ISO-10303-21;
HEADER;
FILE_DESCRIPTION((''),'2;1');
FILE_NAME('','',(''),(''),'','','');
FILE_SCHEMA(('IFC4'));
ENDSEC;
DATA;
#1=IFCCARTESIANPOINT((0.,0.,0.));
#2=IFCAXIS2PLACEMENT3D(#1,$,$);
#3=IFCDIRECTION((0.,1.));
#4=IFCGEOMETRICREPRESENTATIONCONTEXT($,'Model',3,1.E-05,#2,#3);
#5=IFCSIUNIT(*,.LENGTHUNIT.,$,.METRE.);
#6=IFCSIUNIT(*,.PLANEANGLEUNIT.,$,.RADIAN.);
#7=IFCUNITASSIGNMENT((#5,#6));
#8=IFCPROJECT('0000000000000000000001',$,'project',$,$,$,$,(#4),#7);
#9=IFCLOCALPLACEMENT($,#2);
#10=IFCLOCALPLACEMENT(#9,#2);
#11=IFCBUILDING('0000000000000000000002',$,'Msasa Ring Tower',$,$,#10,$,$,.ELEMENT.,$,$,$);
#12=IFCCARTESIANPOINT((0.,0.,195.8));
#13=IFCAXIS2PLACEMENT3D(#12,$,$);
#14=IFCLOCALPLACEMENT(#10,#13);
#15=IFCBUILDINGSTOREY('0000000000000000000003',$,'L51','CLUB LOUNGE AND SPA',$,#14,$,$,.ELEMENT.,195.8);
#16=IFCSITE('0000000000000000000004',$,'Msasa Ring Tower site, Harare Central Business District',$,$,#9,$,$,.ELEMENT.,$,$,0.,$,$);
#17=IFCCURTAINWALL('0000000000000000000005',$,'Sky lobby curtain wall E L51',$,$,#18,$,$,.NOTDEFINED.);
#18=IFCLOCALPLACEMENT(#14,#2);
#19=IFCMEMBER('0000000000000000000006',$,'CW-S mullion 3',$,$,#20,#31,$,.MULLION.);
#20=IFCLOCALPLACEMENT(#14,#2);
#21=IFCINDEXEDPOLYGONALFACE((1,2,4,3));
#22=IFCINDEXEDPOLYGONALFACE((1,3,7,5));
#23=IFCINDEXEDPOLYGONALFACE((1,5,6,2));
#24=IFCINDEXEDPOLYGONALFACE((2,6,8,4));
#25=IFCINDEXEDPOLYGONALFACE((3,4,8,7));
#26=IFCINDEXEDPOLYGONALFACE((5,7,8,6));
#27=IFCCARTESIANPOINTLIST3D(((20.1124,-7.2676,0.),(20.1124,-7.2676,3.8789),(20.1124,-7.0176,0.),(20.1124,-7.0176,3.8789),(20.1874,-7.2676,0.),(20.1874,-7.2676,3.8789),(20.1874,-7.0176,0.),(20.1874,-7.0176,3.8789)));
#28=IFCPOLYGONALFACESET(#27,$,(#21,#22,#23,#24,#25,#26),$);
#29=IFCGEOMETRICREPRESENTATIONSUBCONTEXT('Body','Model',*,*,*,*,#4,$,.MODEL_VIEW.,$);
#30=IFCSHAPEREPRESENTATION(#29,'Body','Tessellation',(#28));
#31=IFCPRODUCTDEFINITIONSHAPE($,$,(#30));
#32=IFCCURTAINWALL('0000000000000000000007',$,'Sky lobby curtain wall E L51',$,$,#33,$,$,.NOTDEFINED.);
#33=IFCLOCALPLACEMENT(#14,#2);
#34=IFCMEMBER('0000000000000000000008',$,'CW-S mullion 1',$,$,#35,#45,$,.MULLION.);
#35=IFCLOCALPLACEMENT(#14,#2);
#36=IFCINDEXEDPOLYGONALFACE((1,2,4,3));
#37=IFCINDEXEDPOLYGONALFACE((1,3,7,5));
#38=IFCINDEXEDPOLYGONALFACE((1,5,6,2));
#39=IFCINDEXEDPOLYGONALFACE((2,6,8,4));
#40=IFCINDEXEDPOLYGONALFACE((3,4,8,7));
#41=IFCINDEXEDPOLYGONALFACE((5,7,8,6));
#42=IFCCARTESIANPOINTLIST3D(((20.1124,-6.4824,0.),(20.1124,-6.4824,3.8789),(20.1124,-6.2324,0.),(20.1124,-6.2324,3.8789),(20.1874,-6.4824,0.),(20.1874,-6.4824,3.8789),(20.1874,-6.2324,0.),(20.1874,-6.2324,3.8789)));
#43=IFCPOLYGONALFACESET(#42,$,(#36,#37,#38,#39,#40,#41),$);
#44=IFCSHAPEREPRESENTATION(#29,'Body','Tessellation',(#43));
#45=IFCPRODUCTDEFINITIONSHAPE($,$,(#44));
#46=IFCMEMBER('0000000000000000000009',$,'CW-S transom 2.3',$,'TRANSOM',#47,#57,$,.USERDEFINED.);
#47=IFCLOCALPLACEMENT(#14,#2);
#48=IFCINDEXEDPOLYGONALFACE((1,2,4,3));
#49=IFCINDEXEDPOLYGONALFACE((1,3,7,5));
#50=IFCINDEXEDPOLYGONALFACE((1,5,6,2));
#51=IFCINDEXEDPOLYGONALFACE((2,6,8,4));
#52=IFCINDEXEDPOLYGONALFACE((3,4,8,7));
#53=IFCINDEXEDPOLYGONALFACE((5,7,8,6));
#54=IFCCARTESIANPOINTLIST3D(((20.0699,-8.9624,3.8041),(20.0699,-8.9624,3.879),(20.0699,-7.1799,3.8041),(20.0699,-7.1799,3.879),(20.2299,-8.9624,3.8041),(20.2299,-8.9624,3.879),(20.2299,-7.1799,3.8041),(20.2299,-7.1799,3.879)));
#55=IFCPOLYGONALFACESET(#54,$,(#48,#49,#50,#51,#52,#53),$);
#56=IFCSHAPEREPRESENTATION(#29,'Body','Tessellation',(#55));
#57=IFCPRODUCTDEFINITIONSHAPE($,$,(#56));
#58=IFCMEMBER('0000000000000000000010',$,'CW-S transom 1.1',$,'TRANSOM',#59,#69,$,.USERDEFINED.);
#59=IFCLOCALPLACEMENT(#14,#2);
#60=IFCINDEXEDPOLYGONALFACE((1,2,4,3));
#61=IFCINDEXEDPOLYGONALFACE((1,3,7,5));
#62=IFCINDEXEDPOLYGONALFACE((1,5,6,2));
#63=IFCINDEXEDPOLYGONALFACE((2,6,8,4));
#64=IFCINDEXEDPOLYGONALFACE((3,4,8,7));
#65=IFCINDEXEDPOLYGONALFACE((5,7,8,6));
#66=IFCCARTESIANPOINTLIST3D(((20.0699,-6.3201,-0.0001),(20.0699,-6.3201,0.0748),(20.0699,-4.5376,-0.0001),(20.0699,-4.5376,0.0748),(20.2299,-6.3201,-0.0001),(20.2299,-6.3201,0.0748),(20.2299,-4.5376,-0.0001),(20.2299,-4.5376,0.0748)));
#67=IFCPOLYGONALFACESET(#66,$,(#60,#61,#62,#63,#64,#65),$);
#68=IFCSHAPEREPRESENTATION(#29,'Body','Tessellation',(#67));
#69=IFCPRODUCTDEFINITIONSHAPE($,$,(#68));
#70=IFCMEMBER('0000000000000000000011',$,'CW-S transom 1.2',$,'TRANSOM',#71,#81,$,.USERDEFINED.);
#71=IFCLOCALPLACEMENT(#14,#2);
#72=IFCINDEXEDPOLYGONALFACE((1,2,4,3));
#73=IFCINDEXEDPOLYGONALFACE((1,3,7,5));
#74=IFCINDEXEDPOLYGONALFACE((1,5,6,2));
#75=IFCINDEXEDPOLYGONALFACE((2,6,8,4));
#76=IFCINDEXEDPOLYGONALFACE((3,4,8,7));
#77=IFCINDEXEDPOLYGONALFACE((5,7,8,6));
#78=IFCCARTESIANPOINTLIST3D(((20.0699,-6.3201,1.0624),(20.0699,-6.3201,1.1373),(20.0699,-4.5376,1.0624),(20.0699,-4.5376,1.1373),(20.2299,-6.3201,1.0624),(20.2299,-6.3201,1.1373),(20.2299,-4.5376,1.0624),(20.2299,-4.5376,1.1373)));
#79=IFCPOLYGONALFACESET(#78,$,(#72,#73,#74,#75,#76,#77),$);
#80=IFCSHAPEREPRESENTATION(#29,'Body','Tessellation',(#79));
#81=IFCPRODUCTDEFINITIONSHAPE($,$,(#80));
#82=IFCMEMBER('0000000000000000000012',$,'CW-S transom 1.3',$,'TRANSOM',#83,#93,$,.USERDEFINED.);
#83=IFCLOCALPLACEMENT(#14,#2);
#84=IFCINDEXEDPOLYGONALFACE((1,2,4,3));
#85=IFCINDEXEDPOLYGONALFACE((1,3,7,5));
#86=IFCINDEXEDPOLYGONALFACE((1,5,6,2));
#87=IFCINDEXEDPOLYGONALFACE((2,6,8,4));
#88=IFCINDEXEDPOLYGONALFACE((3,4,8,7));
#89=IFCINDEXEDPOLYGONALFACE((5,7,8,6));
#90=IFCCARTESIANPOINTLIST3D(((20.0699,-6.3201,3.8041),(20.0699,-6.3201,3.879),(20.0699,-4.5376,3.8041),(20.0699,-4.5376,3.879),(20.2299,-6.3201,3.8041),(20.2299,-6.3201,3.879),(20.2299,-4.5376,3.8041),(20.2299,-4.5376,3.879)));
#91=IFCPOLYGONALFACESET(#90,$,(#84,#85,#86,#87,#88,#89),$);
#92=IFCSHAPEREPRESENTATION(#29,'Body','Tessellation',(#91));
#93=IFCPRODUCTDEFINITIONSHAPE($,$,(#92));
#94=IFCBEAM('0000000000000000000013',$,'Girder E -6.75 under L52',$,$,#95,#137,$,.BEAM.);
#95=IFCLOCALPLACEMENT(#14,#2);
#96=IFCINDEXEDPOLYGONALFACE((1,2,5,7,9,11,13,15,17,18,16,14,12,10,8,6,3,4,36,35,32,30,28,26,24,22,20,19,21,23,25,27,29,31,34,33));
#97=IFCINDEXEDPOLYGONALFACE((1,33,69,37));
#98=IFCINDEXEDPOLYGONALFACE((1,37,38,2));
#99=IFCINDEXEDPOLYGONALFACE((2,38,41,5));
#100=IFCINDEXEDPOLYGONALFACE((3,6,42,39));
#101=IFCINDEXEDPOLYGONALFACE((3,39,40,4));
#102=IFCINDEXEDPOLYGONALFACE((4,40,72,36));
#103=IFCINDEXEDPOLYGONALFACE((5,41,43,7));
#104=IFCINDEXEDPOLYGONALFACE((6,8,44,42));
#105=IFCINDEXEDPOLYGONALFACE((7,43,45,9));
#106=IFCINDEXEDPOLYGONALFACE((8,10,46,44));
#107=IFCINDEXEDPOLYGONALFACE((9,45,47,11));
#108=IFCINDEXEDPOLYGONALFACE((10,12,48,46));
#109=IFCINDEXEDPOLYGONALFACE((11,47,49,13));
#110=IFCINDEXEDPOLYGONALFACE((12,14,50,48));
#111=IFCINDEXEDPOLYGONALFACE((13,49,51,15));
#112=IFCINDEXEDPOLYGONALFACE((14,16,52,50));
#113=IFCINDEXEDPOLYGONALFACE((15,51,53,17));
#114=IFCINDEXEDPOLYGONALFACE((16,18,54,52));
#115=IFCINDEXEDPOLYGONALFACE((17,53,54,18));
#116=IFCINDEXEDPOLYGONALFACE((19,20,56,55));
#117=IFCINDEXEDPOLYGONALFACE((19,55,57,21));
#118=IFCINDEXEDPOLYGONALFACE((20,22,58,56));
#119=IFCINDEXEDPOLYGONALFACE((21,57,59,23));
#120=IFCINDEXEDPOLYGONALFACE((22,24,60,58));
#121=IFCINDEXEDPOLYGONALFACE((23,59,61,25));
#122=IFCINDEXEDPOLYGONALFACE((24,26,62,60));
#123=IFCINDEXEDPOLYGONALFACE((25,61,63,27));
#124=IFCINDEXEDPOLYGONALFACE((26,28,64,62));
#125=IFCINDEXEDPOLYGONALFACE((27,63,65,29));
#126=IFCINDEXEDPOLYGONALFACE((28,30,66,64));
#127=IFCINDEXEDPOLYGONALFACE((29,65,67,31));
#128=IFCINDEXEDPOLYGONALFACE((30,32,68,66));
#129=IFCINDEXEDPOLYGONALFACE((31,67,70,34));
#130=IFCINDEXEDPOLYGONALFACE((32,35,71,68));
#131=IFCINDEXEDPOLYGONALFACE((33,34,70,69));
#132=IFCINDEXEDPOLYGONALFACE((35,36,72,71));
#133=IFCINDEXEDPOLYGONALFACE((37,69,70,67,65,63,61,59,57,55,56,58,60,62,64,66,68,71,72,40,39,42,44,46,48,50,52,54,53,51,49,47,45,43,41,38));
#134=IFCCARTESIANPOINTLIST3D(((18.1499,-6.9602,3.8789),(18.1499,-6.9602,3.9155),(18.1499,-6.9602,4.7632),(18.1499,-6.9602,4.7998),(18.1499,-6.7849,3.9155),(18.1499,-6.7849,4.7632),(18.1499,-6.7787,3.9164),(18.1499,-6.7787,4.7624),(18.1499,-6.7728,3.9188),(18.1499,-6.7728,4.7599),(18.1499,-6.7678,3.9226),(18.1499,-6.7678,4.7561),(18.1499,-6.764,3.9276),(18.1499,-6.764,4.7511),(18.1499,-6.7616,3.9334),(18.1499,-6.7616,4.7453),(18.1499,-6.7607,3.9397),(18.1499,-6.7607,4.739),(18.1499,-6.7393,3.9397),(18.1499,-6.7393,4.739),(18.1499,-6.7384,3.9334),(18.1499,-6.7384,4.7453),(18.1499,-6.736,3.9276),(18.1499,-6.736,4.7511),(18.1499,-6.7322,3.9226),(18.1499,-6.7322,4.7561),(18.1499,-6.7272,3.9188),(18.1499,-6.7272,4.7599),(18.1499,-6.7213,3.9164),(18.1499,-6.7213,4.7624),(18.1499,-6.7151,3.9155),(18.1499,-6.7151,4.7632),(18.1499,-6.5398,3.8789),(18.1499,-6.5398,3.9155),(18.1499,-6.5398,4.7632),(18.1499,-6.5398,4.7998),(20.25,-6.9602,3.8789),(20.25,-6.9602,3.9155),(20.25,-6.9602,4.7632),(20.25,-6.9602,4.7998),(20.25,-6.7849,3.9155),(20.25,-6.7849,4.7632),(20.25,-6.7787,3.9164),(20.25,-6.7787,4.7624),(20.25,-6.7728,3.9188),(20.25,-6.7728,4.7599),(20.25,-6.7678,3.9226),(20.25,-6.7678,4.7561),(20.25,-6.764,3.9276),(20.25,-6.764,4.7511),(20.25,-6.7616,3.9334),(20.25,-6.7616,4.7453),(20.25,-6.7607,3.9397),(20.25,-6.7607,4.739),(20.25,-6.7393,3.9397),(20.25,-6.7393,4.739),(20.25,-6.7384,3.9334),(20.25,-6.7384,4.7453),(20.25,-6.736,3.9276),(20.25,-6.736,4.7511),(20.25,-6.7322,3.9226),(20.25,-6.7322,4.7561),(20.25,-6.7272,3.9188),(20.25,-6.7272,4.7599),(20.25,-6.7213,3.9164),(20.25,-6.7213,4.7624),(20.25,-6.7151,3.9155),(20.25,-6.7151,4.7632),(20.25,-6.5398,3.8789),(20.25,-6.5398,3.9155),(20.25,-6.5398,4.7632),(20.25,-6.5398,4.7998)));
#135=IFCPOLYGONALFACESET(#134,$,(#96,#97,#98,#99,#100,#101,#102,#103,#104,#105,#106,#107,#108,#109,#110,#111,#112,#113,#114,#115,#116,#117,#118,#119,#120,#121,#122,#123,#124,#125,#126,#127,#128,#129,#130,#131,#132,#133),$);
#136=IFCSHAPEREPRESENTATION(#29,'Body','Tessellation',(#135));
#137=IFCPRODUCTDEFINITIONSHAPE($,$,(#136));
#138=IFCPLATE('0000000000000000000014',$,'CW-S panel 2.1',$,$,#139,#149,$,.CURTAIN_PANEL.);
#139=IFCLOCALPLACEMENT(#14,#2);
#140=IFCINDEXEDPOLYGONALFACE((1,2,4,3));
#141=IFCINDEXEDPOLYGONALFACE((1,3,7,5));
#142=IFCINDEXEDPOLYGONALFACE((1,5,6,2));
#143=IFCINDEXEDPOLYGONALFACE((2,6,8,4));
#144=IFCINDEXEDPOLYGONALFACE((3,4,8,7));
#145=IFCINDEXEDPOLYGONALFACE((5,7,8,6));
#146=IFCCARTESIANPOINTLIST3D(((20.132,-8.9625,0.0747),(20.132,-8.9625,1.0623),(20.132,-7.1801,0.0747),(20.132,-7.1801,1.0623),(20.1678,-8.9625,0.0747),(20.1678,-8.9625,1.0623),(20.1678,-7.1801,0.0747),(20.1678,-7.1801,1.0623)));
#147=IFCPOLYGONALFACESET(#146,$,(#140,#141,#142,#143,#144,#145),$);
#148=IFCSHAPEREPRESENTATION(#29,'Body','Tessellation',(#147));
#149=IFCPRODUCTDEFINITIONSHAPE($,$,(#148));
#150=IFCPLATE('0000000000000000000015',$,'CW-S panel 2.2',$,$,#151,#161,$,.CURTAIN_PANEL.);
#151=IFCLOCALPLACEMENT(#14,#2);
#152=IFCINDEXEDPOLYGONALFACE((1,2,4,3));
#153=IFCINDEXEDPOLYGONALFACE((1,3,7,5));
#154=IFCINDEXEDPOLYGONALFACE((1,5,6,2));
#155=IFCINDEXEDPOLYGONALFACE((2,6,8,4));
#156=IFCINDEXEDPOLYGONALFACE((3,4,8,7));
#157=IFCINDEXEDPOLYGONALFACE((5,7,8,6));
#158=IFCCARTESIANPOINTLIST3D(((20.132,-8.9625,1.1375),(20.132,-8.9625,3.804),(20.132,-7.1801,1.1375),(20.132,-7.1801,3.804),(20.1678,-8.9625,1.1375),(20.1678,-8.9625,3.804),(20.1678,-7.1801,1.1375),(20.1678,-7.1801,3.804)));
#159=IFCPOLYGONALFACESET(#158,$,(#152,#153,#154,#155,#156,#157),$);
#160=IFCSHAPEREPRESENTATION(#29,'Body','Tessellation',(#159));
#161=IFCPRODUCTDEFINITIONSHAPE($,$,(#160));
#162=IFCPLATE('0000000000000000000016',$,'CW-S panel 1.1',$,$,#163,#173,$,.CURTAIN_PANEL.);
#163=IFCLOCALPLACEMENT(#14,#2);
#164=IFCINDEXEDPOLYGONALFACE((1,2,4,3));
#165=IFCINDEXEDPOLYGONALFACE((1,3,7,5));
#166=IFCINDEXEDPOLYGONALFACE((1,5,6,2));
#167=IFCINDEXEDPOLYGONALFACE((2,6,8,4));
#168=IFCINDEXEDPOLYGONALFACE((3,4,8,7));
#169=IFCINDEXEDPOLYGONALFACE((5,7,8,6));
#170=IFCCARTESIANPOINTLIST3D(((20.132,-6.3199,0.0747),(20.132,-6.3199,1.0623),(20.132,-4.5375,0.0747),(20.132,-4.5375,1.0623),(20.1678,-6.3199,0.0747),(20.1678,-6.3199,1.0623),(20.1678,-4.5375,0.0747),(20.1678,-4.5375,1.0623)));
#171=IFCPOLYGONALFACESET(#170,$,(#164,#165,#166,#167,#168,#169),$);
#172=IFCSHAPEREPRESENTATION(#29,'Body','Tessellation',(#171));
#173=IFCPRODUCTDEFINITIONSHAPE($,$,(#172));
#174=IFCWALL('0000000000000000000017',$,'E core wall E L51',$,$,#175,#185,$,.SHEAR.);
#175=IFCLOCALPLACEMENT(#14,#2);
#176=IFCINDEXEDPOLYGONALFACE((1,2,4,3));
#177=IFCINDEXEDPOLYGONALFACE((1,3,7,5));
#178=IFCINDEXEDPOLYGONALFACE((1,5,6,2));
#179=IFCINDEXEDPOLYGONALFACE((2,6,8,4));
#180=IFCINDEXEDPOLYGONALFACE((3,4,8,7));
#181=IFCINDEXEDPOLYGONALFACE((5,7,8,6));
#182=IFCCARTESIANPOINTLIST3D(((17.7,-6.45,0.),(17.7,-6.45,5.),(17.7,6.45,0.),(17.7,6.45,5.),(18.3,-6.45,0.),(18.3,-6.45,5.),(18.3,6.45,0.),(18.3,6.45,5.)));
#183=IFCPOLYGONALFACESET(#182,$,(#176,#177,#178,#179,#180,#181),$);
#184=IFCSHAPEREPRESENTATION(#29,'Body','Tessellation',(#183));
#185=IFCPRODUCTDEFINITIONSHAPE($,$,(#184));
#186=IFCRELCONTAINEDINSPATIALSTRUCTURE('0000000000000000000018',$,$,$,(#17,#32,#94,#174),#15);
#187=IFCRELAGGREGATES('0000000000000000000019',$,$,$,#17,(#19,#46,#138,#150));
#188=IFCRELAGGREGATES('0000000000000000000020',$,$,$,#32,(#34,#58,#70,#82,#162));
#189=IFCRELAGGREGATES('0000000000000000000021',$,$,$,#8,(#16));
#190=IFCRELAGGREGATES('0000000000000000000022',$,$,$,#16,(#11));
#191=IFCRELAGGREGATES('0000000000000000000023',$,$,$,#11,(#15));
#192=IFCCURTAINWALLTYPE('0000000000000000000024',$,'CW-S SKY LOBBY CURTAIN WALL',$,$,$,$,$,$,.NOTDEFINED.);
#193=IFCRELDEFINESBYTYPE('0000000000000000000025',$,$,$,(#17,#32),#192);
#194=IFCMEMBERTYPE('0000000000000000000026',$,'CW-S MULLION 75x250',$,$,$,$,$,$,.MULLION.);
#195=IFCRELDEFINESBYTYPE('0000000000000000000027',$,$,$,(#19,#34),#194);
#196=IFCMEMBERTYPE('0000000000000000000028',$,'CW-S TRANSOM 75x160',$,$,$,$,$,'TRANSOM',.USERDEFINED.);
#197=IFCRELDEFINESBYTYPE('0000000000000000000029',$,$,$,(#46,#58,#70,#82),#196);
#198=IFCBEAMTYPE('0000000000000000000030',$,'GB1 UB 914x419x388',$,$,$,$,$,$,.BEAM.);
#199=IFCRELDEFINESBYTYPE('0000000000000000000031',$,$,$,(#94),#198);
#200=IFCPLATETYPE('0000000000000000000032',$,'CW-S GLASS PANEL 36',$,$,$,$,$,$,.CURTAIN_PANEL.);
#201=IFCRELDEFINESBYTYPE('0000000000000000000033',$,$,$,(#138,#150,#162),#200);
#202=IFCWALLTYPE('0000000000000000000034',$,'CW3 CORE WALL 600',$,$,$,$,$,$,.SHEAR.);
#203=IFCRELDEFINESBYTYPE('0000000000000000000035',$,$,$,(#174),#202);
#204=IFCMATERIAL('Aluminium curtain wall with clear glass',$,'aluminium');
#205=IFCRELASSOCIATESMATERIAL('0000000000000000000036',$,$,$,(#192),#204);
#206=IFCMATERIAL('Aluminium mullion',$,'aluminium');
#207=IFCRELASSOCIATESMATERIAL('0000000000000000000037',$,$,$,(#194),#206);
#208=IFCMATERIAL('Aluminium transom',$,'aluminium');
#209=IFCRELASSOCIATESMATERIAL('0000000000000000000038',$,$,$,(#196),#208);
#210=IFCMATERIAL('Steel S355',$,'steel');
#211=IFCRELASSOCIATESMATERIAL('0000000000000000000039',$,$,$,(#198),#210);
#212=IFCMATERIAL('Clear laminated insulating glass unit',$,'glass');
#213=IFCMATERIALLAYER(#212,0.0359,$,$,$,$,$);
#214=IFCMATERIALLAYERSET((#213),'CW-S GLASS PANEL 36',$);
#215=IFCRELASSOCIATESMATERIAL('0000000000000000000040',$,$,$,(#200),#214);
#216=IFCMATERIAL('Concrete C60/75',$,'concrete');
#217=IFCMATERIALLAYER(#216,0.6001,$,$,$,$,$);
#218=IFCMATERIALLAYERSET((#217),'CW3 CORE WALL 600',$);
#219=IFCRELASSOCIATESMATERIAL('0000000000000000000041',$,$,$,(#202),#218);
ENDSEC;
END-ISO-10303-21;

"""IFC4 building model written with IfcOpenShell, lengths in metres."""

from ifc_helpers import new_model, si_unit, direction, frame, frame_2d, origin, origin_2d, place, context, subcontext, project, spatial, rectangle, i_section, extrude, material, layer, layer_set, material_profile, profile_set, type_object, element, aggregate, save


model = new_model("IFC4")

# Units and contexts
model_context = context("Model", 3, precision=1e-05, world=origin(), true_north=direction((0.0, 1.0)))
body_context = subcontext(model_context, "Body", "Model", "MODEL_VIEW")
ifc_project = project(units=[si_unit("LENGTHUNIT", "METRE"), si_unit("PLANEANGLEUNIT", "RADIAN")], contexts=[model_context])

# Site, building, storey
site_placement = place(None, origin())
site = spatial("IfcSite", under=ifc_project, at=site_placement, Name="Msasa Ring Tower site, Harare Central Business District", CompositionType="ELEMENT", RefElevation=0.0)
building_placement = place(site_placement, origin())
building = spatial("IfcBuilding", under=site, at=building_placement, Name="Msasa Ring Tower", CompositionType="ELEMENT")
storey_placement = place(building_placement, frame((0.0, 0.0, 195.8)))
storey = spatial("IfcBuildingStorey", under=building, at=storey_placement, Name="L51", Description="CLUB LOUNGE AND SPA", CompositionType="ELEMENT", Elevation=195.8)

# Curtain walls, members
ifc_material_1 = material(Name="Aluminium curtain wall with clear glass", Category="aluminium")
curtain_wall_type = type_object("IfcCurtainWallType", Name="CW-S SKY LOBBY CURTAIN WALL", PredefinedType="NOTDEFINED", material=ifc_material_1)
curtain_wall_1_placement = place(storey_placement, origin())
curtain_wall_1 = element("IfcCurtainWall", 1, at=curtain_wall_1_placement, inside=storey, type_object=curtain_wall_type, Name="Sky lobby curtain wall E L51", PredefinedType="NOTDEFINED")
ifc_material_2 = material(Name="Aluminium mullion", Category="aluminium")
ifc_material_profile_1 = material_profile(ifc_material_2, rectangle(XDim=0.075, YDim=0.25, at=origin_2d()), Name="AL 75x250")
ifc_profile_set_1 = profile_set([ifc_material_profile_1], Name="Aluminium mullion")
member_type_1 = type_object("IfcMemberType", Name="CW-S MULLION 75x250", PredefinedType="MULLION", material=ifc_profile_set_1)
member_1_placement = place(storey_placement, frame((20.1499, -7.1426, 0.0), z_axis=(0.0, 0.0, 1.0), x_axis=(-1.0, 0.0, 0.0)))
member_1 = element("IfcMember", 2, at=member_1_placement, type_object=member_type_1, Name="CW-S mullion 3", PredefinedType="MULLION", context=body_context, shape_type="SweptSolid", body=[
    extrude(rectangle(XDim=0.075, YDim=0.25, at=origin_2d()), origin(), (0.0, 0.0, 1.0), 3.8789),
])
curtain_wall_2_placement = place(storey_placement, origin())
curtain_wall_2 = element("IfcCurtainWall", 3, at=curtain_wall_2_placement, inside=storey, type_object=curtain_wall_type, Name="Sky lobby curtain wall E L51", PredefinedType="NOTDEFINED")
member_2_placement = place(storey_placement, frame((20.1499, -6.3574, 0.0), z_axis=(0.0, 0.0, 1.0), x_axis=(-1.0, 0.0, 0.0)))
member_2 = element("IfcMember", 4, at=member_2_placement, type_object=member_type_1, Name="CW-S mullion 1", PredefinedType="MULLION", context=body_context, shape_type="SweptSolid", body=[
    extrude(rectangle(XDim=0.075, YDim=0.25, at=origin_2d()), origin(), (0.0, 0.0, 1.0), 3.8789),
])

# Members
ifc_material_3 = material(Name="Aluminium transom", Category="aluminium")
ifc_material_profile_2 = material_profile(ifc_material_3, rectangle(XDim=0.1599, YDim=0.075, at=origin_2d()), Name="AL 75x160")
ifc_profile_set_2 = profile_set([ifc_material_profile_2], Name="Aluminium transom")
member_type_2 = type_object("IfcMemberType", Name="CW-S TRANSOM 75x160", ElementType="TRANSOM", PredefinedType="USERDEFINED", material=ifc_profile_set_2)
member_3_placement = place(storey_placement, frame((20.1499, -8.9624, 3.8416), z_axis=(0.0, 1.0, 0.0), x_axis=(-1.0, 0.0, 0.0)))
member_3 = element("IfcMember", 5, at=member_3_placement, type_object=member_type_2, Name="CW-S transom 2.3", ObjectType="TRANSOM", PredefinedType="USERDEFINED", context=body_context, shape_type="SweptSolid", body=[
    extrude(rectangle(XDim=0.1599, YDim=0.075, at=origin_2d()), origin(), (0.0, 0.0, 1.0), 1.7825),
])
member_4_placement = place(storey_placement, frame((20.1499, -6.3201, 0.0374), z_axis=(0.0, 1.0, 0.0), x_axis=(-1.0, 0.0, 0.0)))
member_4 = element("IfcMember", 6, at=member_4_placement, type_object=member_type_2, Name="CW-S transom 1.1", ObjectType="TRANSOM", PredefinedType="USERDEFINED", context=body_context, shape_type="SweptSolid", body=[
    extrude(rectangle(XDim=0.1599, YDim=0.075, at=origin_2d()), origin(), (0.0, 0.0, 1.0), 1.7825),
])
member_5_placement = place(storey_placement, frame((20.1499, -6.3201, 1.0999), z_axis=(0.0, 1.0, 0.0), x_axis=(-1.0, 0.0, 0.0)))
member_5 = element("IfcMember", 7, at=member_5_placement, type_object=member_type_2, Name="CW-S transom 1.2", ObjectType="TRANSOM", PredefinedType="USERDEFINED", context=body_context, shape_type="SweptSolid", body=[
    extrude(rectangle(XDim=0.1599, YDim=0.075, at=origin_2d()), origin(), (0.0, 0.0, 1.0), 1.7825),
])
member_6_placement = place(storey_placement, frame((20.1499, -6.3201, 3.8416), z_axis=(0.0, 1.0, 0.0), x_axis=(-1.0, 0.0, 0.0)))
member_6 = element("IfcMember", 8, at=member_6_placement, type_object=member_type_2, Name="CW-S transom 1.3", ObjectType="TRANSOM", PredefinedType="USERDEFINED", context=body_context, shape_type="SweptSolid", body=[
    extrude(rectangle(XDim=0.1599, YDim=0.075, at=origin_2d()), origin(), (0.0, 0.0, 1.0), 1.7825),
])

# Beam
ifc_material_4 = material(Name="Steel S355", Category="steel")
ifc_material_profile_3 = material_profile(ifc_material_4, i_section(OverallWidth=0.4204, OverallDepth=0.9209, WebThickness=0.0215, FlangeThickness=0.0366, FilletRadius=0.0242, at=origin_2d()), Name="UB 914x419x388")
ifc_profile_set_3 = profile_set([ifc_material_profile_3], Name="Steel S355")
beam_type = type_object("IfcBeamType", Name="GB1 UB 914x419x388", PredefinedType="BEAM", material=ifc_profile_set_3)
beam_placement = place(storey_placement, frame((18.1499, -6.75, 4.3394), z_axis=(1.0, 0.0, 0.0), x_axis=(0.0, 1.0, 0.0)))
element("IfcBeam", 9, at=beam_placement, inside=storey, type_object=beam_type, Name="Girder E -6.75 under L52", PredefinedType="BEAM", context=body_context, shape_type="SweptSolid", body=[
    extrude(i_section(OverallWidth=0.4204, OverallDepth=0.9209, WebThickness=0.0215, FlangeThickness=0.0366, FilletRadius=0.0242, at=origin_2d()), origin(), (0.0, 0.0, 1.0), 2.1001),
])

# Plates
ifc_material_5 = material(Name="Clear laminated insulating glass unit", Category="glass")
ifc_layer_1 = layer(ifc_material_5, 0.0359)
ifc_layer_set_1 = layer_set([ifc_layer_1], Name="CW-S GLASS PANEL 36")
plate_type = type_object("IfcPlateType", Name="CW-S GLASS PANEL 36", PredefinedType="CURTAIN_PANEL", material=ifc_layer_set_1)
plate_1_placement = place(storey_placement, frame((20.1499, -8.0713, 0.0747), z_axis=(0.0, 0.0, 1.0), x_axis=(0.0, 1.0, 0.0)))
plate_1 = element("IfcPlate", 10, at=plate_1_placement, type_object=plate_type, Name="CW-S panel 2.1", PredefinedType="CURTAIN_PANEL", context=body_context, shape_type="SweptSolid", body=[
    extrude(rectangle(XDim=1.7825, YDim=0.0359, at=origin_2d()), origin(), (0.0, 0.0, 1.0), 0.9875),
])
plate_2_placement = place(storey_placement, frame((20.1499, -8.0713, 1.1375), z_axis=(0.0, 0.0, 1.0), x_axis=(0.0, 1.0, 0.0)))
plate_2 = element("IfcPlate", 11, at=plate_2_placement, type_object=plate_type, Name="CW-S panel 2.2", PredefinedType="CURTAIN_PANEL", context=body_context, shape_type="SweptSolid", body=[
    extrude(rectangle(XDim=1.7825, YDim=0.0359, at=origin_2d()), origin(), (0.0, 0.0, 1.0), 2.6665),
])
aggregate(curtain_wall_1, [member_1, member_3, plate_1, plate_2])
plate_3_placement = place(storey_placement, frame((20.1499, -5.4287, 0.0747), z_axis=(0.0, 0.0, 1.0), x_axis=(0.0, 1.0, 0.0)))
plate_3 = element("IfcPlate", 12, at=plate_3_placement, type_object=plate_type, Name="CW-S panel 1.1", PredefinedType="CURTAIN_PANEL", context=body_context, shape_type="SweptSolid", body=[
    extrude(rectangle(XDim=1.7825, YDim=0.0359, at=origin_2d()), origin(), (0.0, 0.0, 1.0), 0.9875),
])
aggregate(curtain_wall_2, [member_2, member_4, member_5, member_6, plate_3])

# Wall
ifc_material_6 = material(Name="Concrete C60/75", Category="concrete")
ifc_layer_2 = layer(ifc_material_6, 0.6001)
ifc_layer_set_2 = layer_set([ifc_layer_2], Name="CW3 CORE WALL 600")
wall_type_1 = type_object("IfcWallType", Name="CW3 CORE WALL 600", PredefinedType="SHEAR", material=ifc_layer_set_2)
wall_1_placement = place(storey_placement, frame((18.0, -6.45, 0.0), z_axis=(0.0, 0.0, 1.0), x_axis=(0.0, 1.0, 0.0)))
element("IfcWall", 13, at=wall_1_placement, inside=storey, type_object=wall_type_1, Name="E core wall E L51", PredefinedType="SHEAR", context=body_context, shape_type="SweptSolid", body=[
    extrude(rectangle(XDim=12.8999, YDim=0.6001, at=frame_2d((6.45, 0.0))), origin(), (0.0, 0.0, 1.0), 5.0),
])

save(model, "model.ifc")
